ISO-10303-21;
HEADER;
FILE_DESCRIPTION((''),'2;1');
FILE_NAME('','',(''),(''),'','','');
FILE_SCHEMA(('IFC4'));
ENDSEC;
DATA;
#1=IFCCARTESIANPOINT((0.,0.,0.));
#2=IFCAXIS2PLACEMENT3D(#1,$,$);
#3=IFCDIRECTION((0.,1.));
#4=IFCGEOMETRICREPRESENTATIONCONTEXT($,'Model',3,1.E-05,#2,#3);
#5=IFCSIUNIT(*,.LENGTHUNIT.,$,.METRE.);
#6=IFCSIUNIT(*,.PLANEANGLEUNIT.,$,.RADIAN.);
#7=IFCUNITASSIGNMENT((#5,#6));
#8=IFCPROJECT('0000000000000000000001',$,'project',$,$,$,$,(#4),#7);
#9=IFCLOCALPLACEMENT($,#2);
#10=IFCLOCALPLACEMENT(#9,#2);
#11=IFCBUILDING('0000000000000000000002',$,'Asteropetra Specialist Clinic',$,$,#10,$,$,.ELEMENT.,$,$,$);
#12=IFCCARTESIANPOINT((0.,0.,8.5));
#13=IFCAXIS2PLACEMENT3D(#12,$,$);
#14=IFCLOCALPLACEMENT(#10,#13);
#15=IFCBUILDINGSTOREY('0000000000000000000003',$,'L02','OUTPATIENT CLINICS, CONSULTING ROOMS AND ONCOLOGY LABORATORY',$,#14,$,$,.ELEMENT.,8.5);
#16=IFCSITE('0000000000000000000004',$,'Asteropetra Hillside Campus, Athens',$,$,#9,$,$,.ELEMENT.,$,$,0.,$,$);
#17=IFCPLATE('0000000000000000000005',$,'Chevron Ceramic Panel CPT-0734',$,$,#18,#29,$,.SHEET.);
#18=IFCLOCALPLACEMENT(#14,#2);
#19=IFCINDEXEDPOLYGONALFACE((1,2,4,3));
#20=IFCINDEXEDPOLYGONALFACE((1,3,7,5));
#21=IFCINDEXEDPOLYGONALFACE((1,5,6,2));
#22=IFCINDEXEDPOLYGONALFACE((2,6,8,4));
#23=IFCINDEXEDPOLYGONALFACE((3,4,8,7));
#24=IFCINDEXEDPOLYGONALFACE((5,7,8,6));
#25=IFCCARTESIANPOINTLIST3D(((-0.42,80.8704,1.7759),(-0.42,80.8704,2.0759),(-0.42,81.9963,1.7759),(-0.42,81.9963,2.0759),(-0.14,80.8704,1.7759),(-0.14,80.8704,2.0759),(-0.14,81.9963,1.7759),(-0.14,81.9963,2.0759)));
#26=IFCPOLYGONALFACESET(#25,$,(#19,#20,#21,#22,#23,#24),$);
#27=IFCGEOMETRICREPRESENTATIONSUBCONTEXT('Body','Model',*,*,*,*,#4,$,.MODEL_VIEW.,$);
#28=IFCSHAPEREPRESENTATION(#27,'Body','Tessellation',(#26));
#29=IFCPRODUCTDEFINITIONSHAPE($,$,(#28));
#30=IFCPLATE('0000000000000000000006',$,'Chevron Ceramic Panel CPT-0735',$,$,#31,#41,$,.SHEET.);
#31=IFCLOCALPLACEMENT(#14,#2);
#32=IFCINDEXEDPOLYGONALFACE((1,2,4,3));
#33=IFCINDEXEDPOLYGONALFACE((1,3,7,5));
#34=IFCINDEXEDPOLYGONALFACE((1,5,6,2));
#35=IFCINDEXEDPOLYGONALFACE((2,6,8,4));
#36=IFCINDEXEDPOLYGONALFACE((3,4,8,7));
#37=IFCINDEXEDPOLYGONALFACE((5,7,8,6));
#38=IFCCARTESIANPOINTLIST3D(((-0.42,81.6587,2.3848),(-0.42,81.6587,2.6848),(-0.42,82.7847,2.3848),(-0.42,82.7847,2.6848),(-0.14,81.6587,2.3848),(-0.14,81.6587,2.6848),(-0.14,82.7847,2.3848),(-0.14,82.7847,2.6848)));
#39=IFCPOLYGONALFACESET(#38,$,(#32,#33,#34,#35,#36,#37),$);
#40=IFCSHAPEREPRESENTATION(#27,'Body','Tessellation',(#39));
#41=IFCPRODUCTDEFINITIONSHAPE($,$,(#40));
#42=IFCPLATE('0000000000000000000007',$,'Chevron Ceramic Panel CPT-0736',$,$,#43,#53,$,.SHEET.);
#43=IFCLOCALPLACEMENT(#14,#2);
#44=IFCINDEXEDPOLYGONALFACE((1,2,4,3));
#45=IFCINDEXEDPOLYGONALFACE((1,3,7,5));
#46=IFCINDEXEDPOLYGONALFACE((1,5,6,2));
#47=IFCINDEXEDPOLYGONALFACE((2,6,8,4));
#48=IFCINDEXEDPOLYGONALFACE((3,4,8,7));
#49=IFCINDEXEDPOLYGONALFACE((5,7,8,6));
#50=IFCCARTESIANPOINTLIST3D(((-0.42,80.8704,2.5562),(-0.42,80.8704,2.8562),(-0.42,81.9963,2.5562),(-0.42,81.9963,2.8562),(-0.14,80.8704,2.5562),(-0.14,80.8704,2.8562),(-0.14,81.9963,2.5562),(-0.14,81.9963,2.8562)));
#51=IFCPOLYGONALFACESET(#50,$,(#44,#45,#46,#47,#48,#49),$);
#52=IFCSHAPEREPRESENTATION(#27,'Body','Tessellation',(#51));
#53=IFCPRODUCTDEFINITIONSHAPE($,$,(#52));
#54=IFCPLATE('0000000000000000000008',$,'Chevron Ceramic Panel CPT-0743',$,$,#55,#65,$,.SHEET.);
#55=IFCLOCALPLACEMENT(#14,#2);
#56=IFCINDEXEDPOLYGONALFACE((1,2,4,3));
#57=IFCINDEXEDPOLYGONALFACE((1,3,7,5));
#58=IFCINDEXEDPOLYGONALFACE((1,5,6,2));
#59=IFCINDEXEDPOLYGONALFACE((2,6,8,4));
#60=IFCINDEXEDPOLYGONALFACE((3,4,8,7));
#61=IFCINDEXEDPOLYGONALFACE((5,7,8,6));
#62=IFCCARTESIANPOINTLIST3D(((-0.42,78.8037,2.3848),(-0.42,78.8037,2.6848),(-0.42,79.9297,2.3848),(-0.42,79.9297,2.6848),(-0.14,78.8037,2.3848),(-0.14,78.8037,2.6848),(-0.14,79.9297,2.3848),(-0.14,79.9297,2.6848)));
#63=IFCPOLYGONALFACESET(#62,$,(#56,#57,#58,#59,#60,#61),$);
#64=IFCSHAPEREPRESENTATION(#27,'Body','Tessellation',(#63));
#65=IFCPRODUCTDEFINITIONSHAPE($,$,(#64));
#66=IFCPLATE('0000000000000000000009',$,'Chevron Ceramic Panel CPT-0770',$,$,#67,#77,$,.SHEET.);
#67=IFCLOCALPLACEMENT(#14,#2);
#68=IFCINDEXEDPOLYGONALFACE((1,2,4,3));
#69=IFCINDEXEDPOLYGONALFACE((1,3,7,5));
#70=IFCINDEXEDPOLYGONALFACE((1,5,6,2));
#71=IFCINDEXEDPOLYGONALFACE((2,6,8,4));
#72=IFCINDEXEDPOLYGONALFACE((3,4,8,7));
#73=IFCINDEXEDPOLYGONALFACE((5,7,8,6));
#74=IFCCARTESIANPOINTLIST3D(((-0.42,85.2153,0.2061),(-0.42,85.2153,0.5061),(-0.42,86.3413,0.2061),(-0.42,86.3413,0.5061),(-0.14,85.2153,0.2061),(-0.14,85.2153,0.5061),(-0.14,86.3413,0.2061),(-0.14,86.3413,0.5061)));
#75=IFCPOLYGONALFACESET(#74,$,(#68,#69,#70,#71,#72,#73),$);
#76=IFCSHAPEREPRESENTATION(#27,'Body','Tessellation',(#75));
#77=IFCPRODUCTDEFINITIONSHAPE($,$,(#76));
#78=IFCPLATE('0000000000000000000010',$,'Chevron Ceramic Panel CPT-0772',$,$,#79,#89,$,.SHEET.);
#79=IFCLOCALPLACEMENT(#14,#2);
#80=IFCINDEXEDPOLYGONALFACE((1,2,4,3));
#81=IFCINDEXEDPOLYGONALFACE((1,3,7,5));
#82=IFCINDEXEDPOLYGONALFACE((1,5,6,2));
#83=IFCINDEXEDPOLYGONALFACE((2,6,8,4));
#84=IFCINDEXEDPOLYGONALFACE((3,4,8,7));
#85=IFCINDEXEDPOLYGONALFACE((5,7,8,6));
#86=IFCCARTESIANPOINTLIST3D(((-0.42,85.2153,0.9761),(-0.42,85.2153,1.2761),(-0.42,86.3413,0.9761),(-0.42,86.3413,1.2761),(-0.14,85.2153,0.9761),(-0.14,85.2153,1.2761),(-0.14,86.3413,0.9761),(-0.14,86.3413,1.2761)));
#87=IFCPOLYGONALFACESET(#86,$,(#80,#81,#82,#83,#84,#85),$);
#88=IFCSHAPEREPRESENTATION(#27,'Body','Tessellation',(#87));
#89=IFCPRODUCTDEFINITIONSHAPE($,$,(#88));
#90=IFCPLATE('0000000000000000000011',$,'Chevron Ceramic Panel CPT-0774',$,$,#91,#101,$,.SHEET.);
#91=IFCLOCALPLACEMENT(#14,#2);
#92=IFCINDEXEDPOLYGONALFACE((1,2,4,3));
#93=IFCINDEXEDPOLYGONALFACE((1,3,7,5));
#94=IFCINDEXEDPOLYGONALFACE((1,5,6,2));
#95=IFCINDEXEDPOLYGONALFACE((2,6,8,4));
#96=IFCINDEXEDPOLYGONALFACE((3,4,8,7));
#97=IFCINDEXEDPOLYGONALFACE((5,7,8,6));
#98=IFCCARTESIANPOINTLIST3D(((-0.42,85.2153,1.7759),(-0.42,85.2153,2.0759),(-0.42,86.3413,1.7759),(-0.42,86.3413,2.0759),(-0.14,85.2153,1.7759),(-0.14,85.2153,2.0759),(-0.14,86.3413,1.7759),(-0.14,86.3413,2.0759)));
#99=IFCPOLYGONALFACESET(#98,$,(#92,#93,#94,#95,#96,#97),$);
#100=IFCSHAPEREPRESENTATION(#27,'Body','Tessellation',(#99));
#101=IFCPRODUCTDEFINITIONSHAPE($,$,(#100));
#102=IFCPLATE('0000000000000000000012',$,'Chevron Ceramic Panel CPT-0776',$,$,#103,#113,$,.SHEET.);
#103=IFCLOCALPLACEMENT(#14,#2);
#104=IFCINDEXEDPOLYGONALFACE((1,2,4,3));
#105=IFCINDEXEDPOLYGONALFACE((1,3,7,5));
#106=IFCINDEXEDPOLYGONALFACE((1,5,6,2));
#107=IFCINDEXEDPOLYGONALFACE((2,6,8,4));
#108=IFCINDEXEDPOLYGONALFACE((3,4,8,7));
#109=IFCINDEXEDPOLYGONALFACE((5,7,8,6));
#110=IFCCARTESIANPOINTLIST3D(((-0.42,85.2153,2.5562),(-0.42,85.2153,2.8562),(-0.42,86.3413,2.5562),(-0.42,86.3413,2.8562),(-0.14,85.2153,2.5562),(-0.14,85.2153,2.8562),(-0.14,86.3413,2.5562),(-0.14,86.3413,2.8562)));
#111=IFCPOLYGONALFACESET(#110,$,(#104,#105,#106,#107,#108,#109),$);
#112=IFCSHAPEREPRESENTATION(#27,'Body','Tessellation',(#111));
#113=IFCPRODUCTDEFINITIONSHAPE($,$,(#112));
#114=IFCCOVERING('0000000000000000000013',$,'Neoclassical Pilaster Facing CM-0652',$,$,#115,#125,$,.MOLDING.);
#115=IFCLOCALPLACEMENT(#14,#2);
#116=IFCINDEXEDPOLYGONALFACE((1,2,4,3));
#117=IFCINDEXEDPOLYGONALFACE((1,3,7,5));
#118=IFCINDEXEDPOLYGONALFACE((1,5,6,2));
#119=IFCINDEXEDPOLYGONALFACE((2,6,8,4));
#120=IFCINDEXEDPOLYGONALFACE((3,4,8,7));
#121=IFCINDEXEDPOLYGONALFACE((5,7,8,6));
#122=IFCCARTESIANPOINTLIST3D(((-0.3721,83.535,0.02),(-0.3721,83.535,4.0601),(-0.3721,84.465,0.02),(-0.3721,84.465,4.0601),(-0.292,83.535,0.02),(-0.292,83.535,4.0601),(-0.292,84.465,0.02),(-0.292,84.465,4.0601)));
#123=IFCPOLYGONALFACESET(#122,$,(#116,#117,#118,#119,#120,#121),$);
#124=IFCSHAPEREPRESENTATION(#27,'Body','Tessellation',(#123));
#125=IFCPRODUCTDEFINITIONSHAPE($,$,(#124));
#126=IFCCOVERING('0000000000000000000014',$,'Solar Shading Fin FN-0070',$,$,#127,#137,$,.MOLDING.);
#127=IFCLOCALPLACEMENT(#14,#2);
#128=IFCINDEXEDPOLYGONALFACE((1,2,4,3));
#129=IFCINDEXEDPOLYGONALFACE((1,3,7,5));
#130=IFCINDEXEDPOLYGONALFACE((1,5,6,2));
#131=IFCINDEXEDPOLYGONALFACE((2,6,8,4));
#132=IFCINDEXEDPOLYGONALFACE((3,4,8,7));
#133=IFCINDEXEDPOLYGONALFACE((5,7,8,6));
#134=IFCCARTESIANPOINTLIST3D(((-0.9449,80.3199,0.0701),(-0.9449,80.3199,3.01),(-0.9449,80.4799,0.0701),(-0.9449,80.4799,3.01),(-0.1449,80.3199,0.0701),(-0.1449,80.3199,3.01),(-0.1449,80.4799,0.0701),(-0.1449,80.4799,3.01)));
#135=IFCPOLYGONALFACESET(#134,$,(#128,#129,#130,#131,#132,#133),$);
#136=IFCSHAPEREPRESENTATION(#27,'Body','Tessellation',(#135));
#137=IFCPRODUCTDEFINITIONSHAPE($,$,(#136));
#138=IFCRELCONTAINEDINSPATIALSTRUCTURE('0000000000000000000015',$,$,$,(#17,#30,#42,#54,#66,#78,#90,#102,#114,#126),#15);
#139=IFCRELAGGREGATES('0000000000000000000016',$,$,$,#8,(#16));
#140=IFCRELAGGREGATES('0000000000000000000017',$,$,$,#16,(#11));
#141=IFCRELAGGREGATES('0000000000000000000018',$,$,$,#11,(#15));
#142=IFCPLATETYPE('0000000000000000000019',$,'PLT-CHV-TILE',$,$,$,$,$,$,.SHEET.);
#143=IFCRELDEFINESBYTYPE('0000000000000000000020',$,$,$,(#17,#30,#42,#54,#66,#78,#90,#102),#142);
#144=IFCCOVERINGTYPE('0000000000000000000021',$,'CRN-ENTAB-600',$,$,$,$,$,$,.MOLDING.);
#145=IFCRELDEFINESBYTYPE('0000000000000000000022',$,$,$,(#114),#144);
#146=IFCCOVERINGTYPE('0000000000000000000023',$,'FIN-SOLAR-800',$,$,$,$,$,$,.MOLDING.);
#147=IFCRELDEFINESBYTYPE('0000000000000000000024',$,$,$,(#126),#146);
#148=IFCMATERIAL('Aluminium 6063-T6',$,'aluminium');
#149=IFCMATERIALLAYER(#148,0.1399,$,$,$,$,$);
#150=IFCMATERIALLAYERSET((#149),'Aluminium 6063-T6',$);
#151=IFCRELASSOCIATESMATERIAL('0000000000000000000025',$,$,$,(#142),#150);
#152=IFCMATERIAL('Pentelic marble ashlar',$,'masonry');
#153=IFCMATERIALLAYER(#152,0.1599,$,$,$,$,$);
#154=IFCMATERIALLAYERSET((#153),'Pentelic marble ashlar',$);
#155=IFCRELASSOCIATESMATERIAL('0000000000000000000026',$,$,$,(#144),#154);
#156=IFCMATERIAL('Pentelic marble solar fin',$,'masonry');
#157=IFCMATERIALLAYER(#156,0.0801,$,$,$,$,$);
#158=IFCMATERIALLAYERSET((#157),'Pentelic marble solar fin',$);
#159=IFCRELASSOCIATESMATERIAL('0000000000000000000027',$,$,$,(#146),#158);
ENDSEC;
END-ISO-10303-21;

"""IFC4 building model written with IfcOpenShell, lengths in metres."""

from ifc_helpers import new_model, si_unit, direction, frame, origin, origin_2d, place, context, subcontext, project, spatial, rectangle, extrude, material, layer, layer_set, type_object, element, save


model = new_model("IFC4")

# Units and contexts
model_context = context("Model", 3, precision=1e-05, world=origin(), true_north=direction((0.0, 1.0)))
body_context = subcontext(model_context, "Body", "Model", "MODEL_VIEW")
ifc_project = project(units=[si_unit("LENGTHUNIT", "METRE"), si_unit("PLANEANGLEUNIT", "RADIAN")], contexts=[model_context])

# Site, building, storey
site_placement = place(None, origin())
site = spatial("IfcSite", under=ifc_project, at=site_placement, Name="Asteropetra Hillside Campus, Athens", CompositionType="ELEMENT", RefElevation=0.0)
building_placement = place(site_placement, origin())
building = spatial("IfcBuilding", under=site, at=building_placement, Name="Asteropetra Specialist Clinic", CompositionType="ELEMENT")
storey_placement = place(building_placement, frame((0.0, 0.0, 8.5)))
storey = spatial("IfcBuildingStorey", under=building, at=storey_placement, Name="L02", Description="OUTPATIENT CLINICS, CONSULTING ROOMS AND ONCOLOGY LABORATORY", CompositionType="ELEMENT", Elevation=8.5)

# Plates
ifc_material_1 = material(Name="Aluminium 6063-T6", Category="aluminium")
ifc_layer_1 = layer(ifc_material_1, 0.1399)
ifc_layer_set_1 = layer_set([ifc_layer_1], Name="Aluminium 6063-T6")
plate_type_1 = type_object("IfcPlateType", Name="PLT-CHV-TILE", PredefinedType="SHEET", material=ifc_layer_set_1)
for number, where, z_axis, x_axis, name in (
    (1, (-0.28, 81.4333, 1.7759), (0.0, 0.0, 1.0), (1.0, 0.0, 0.0), "Chevron Ceramic Panel CPT-0734"),
    (2, (-0.28, 82.2217, 2.3848), (0.0, 0.0, 1.0), (1.0, 0.0, 0.0), "Chevron Ceramic Panel CPT-0735"),
    (3, (-0.28, 81.4333, 2.5562), (0.0, 0.0, 1.0), (1.0, 0.0, 0.0), "Chevron Ceramic Panel CPT-0736"),
    (4, (-0.28, 79.3667, 2.3848), (0.0, 0.0, 1.0), (1.0, 0.0, 0.0), "Chevron Ceramic Panel CPT-0743"),
    (5, (-0.28, 85.7783, 0.2061), (0.0, 0.0, 1.0), (1.0, 0.0, 0.0), "Chevron Ceramic Panel CPT-0770"),
    (6, (-0.28, 85.7783, 0.9761), (0.0, 0.0, 1.0), (1.0, 0.0, 0.0), "Chevron Ceramic Panel CPT-0772"),
    (7, (-0.28, 85.7783, 1.7759), (0.0, 0.0, 1.0), (1.0, 0.0, 0.0), "Chevron Ceramic Panel CPT-0774"),
    (8, (-0.28, 85.7783, 2.5562), (0.0, 0.0, 1.0), (1.0, 0.0, 0.0), "Chevron Ceramic Panel CPT-0776"),
):
    element("IfcPlate", number, at=place(storey_placement, frame(where, z_axis=z_axis, x_axis=x_axis)), inside=storey, type_object=plate_type_1, Name=name, PredefinedType="SHEET", context=body_context, shape_type="SweptSolid", body=[
        extrude(rectangle(XDim=0.28, YDim=1.126, at=origin_2d()), origin(), (0.0, 0.0, 1.0), 0.3),
    ])

# Coverings
ifc_material_2 = material(Name="Pentelic marble ashlar", Category="masonry")
ifc_layer_2 = layer(ifc_material_2, 0.1599)
ifc_layer_set_2 = layer_set([ifc_layer_2], Name="Pentelic marble ashlar")
covering_type_1 = type_object("IfcCoveringType", Name="CRN-ENTAB-600", PredefinedType="MOLDING", material=ifc_layer_set_2)
covering_1_placement = place(storey_placement, frame((-0.332, 84.0, 0.02), z_axis=(0.0, 0.0, 1.0), x_axis=(1.0, 0.0, 0.0)))
element("IfcCovering", 9, at=covering_1_placement, inside=storey, type_object=covering_type_1, Name="Neoclassical Pilaster Facing CM-0652", PredefinedType="MOLDING", context=body_context, shape_type="SweptSolid", body=[
    extrude(rectangle(XDim=0.0801, YDim=0.9299, at=origin_2d()), origin(), (0.0, 0.0, 1.0), 4.04),
])
ifc_material_3 = material(Name="Pentelic marble solar fin", Category="masonry")
ifc_layer_3 = layer(ifc_material_3, 0.0801)
ifc_layer_set_3 = layer_set([ifc_layer_3], Name="Pentelic marble solar fin")
covering_type_2 = type_object("IfcCoveringType", Name="FIN-SOLAR-800", PredefinedType="MOLDING", material=ifc_layer_set_3)
covering_2_placement = place(storey_placement, frame((-0.5449, 80.3999, 0.0701), z_axis=(0.0, 0.0, 1.0), x_axis=(1.0, 0.0, 0.0)))
element("IfcCovering", 10, at=covering_2_placement, inside=storey, type_object=covering_type_2, Name="Solar Shading Fin FN-0070", PredefinedType="MOLDING", context=body_context, shape_type="SweptSolid", body=[
    extrude(rectangle(XDim=0.8, YDim=0.1599, at=origin_2d()), origin(), (0.0, 0.0, 1.0), 2.9399),
])

save(model, "model.ifc")
